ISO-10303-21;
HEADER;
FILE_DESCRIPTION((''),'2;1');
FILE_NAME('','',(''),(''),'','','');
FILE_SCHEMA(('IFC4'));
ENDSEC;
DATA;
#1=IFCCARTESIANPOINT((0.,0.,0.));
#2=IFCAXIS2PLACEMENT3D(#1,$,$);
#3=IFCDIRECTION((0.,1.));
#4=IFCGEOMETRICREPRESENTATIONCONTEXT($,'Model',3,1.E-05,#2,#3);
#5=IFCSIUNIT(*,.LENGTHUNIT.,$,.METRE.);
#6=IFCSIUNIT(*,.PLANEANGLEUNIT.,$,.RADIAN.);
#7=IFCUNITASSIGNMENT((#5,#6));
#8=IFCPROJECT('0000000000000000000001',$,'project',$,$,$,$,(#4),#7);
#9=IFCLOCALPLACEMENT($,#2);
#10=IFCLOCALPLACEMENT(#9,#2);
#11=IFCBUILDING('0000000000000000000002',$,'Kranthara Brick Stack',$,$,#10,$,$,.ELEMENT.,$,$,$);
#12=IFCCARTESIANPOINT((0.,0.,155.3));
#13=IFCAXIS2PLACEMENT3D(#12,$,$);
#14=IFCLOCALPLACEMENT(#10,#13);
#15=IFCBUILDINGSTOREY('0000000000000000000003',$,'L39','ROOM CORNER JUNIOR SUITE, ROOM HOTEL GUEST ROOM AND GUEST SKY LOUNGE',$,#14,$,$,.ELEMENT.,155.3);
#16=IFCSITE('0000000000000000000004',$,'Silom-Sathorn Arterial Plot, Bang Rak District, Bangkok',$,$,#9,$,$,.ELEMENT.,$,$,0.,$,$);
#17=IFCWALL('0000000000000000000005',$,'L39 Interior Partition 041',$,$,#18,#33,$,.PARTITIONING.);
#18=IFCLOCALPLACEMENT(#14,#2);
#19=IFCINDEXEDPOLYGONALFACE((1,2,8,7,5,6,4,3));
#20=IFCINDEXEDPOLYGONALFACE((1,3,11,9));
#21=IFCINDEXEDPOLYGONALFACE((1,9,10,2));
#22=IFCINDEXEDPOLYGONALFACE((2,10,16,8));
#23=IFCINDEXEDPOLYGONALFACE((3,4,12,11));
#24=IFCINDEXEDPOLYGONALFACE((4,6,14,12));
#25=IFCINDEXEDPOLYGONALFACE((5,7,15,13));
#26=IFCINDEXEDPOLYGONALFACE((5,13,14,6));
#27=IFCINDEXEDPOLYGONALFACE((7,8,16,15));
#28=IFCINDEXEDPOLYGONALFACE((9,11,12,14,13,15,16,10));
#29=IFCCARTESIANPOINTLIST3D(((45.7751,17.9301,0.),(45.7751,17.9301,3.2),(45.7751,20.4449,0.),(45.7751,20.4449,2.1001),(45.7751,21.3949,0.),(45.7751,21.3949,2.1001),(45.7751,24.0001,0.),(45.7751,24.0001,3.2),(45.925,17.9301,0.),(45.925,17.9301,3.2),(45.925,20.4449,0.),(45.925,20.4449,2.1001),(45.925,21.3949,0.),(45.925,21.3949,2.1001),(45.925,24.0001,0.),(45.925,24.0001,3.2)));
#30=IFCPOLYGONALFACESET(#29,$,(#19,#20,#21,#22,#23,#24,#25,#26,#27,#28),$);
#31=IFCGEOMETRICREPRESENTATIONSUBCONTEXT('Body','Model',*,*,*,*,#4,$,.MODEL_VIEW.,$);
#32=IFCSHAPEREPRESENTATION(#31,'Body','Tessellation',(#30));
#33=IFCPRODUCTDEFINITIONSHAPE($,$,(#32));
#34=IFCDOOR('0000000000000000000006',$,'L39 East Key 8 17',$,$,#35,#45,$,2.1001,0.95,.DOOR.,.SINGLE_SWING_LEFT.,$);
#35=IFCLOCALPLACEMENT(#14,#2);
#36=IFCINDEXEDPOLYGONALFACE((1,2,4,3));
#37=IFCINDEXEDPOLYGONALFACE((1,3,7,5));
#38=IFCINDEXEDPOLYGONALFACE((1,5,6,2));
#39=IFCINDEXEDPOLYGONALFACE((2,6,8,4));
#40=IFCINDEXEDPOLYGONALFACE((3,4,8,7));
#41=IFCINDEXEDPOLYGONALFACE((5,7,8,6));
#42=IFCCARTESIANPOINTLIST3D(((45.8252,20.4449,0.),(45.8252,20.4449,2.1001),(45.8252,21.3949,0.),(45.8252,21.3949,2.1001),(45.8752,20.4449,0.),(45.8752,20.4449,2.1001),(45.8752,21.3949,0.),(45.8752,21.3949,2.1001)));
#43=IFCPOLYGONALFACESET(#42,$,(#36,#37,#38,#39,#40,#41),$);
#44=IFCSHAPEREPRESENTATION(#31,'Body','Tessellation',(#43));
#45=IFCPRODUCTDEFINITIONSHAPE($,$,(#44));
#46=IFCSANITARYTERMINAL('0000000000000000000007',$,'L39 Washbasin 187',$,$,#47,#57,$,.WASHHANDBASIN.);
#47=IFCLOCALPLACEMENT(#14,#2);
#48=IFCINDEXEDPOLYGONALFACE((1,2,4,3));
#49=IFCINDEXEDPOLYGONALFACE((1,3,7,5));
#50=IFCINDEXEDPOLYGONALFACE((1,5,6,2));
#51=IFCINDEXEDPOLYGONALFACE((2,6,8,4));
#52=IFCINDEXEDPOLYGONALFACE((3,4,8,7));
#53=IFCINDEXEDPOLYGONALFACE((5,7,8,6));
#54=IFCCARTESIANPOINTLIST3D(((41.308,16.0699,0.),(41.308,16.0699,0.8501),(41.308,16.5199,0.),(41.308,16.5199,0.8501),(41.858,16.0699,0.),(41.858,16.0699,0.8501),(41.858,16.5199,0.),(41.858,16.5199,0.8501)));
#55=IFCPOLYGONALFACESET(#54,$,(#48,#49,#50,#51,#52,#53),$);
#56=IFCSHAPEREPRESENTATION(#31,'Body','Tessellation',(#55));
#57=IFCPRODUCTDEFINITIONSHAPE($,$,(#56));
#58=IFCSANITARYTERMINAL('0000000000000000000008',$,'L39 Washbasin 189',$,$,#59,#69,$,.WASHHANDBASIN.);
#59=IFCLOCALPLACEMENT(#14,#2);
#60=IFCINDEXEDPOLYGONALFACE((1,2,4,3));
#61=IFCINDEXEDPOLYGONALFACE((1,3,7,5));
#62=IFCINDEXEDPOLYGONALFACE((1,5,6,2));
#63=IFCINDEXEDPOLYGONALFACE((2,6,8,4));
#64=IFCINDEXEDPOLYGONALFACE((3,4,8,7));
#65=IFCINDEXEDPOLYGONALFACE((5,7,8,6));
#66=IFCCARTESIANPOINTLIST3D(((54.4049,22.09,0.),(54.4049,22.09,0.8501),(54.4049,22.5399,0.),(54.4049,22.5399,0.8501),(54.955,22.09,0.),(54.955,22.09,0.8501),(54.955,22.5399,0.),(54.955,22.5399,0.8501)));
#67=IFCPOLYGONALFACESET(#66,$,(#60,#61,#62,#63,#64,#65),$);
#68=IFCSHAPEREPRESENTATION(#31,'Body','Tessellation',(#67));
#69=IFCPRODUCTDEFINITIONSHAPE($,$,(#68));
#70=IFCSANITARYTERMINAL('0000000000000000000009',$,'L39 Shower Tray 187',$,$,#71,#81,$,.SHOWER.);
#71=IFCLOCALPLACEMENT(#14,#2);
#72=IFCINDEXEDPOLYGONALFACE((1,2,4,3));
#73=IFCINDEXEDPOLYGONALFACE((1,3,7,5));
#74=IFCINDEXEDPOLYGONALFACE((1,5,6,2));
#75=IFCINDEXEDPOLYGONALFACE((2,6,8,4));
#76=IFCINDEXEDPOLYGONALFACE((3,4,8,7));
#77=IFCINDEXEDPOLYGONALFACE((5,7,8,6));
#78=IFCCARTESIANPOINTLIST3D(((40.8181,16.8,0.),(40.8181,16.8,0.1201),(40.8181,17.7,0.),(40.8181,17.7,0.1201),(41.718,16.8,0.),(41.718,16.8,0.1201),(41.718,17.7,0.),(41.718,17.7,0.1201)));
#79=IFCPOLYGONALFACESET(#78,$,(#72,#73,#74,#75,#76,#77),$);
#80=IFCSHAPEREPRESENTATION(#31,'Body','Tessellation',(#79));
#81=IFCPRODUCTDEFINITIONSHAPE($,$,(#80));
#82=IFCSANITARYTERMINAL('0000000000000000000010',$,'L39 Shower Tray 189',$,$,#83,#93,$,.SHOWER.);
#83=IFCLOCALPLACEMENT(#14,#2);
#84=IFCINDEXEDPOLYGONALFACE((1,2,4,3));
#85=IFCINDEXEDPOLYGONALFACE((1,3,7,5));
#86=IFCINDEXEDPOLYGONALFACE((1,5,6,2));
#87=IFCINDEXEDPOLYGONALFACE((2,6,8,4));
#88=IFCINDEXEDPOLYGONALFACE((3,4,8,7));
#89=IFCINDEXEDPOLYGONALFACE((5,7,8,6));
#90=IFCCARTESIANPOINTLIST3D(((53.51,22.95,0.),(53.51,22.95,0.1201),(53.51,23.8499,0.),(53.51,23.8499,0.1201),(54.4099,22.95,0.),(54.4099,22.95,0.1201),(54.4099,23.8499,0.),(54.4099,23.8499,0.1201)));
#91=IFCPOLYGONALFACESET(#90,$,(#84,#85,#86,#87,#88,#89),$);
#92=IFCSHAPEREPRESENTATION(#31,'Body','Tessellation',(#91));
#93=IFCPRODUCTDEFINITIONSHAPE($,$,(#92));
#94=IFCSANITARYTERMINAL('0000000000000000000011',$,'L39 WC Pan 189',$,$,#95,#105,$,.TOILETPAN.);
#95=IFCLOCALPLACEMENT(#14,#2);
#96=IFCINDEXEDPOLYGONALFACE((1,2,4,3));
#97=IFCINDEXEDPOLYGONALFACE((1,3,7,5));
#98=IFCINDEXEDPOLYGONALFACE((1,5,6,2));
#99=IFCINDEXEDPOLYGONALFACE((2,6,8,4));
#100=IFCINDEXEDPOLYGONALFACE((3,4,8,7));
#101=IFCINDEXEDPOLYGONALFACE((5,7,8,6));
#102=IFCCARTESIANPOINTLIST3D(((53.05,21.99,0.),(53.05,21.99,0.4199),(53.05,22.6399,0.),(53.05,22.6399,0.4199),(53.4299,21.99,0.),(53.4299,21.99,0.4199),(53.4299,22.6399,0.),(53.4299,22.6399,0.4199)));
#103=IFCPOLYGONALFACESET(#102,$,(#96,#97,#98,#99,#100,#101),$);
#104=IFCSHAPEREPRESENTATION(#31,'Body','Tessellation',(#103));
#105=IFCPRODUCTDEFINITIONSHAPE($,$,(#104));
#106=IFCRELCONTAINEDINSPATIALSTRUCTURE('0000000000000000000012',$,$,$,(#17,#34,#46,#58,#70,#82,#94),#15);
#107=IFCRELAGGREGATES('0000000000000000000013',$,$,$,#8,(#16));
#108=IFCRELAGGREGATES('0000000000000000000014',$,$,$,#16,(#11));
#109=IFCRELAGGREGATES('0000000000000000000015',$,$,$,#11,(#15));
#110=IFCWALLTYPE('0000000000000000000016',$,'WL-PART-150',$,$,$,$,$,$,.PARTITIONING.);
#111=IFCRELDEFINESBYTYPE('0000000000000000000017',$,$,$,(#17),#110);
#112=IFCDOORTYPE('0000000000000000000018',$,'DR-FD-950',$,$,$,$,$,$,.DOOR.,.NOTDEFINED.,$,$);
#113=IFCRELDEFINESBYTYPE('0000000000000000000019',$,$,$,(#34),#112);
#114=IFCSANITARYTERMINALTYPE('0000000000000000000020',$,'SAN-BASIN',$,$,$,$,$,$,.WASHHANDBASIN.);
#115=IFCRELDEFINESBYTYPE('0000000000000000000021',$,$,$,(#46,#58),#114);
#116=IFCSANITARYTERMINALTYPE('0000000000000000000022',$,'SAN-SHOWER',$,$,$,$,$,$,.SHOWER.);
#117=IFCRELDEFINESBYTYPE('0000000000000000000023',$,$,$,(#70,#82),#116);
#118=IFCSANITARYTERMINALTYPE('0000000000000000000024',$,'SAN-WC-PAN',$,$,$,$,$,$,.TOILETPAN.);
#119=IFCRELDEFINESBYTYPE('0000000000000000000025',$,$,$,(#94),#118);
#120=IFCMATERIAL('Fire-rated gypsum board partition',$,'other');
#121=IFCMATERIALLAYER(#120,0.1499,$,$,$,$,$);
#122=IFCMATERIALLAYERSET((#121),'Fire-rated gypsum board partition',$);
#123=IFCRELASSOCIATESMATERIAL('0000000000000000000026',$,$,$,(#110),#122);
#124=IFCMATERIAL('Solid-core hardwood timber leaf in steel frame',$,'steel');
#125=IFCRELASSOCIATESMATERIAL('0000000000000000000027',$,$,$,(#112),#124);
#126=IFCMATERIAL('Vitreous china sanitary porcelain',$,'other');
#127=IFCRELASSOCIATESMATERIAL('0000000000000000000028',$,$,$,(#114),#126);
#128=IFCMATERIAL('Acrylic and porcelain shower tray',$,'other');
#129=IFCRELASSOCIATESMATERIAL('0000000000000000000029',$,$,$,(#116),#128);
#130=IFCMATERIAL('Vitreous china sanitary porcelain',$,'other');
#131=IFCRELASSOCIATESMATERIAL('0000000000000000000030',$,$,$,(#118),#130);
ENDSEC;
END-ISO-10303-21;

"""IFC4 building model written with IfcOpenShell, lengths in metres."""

from ifc_helpers import new_model, si_unit, direction, frame, frame_2d, origin, origin_2d, place, context, subcontext, project, spatial, rectangle, extrude, material, layer, layer_set, type_object, element, fill, save


model = new_model("IFC4")

# Units and contexts
model_context = context("Model", 3, precision=1e-05, world=origin(), true_north=direction((0.0, 1.0)))
body_context = subcontext(model_context, "Body", "Model", "MODEL_VIEW")
ifc_project = project(units=[si_unit("LENGTHUNIT", "METRE"), si_unit("PLANEANGLEUNIT", "RADIAN")], contexts=[model_context])

# Site, building, storey
site_placement = place(None, origin())
site = spatial("IfcSite", under=ifc_project, at=site_placement, Name="Silom-Sathorn Arterial Plot, Bang Rak District, Bangkok", CompositionType="ELEMENT", RefElevation=0.0)
building_placement = place(site_placement, origin())
building = spatial("IfcBuilding", under=site, at=building_placement, Name="Kranthara Brick Stack", CompositionType="ELEMENT")
storey_placement = place(building_placement, frame((0.0, 0.0, 155.3)))
storey = spatial("IfcBuildingStorey", under=building, at=storey_placement, Name="L39", Description="ROOM CORNER JUNIOR SUITE, ROOM HOTEL GUEST ROOM AND GUEST SKY LOUNGE", CompositionType="ELEMENT", Elevation=155.3)

# Shared definitions
ifc_material_1 = material(Name="Fire-rated gypsum board partition", Category="other")
ifc_layer_1 = layer(ifc_material_1, 0.1499)
ifc_layer_set_1 = layer_set([ifc_layer_1], Name="Fire-rated gypsum board partition")
wall_type_1 = type_object("IfcWallType", Name="WL-PART-150", PredefinedType="PARTITIONING", material=ifc_layer_set_1)

# Shared definitions
ifc_material_2 = material(Name="Solid-core hardwood timber leaf in steel frame", Category="steel")
door_type_1 = type_object("IfcDoorType", Name="DR-FD-950", OperationType="NOTDEFINED", PredefinedType="DOOR", material=ifc_material_2)

# Wall, opening, door
wall_1_placement = place(storey_placement, frame((45.8501, 17.9299, 0.0), z_axis=(0.0, 0.0, 1.0), x_axis=(0.0, 1.0, 0.0)))
wall_1 = element("IfcWall", 1, at=wall_1_placement, inside=storey, type_object=wall_type_1, Name="L39 Interior Partition 041", PredefinedType="PARTITIONING", context=body_context, shape_type="SweptSolid", body=[
    extrude(rectangle(XDim=6.0701, YDim=0.1499, at=frame_2d((3.0352, 0.0))), origin(), (0.0, 0.0, 1.0), 3.2),
])
opening_1_placement = place(wall_1_placement, frame((2.5149, 0.0, 0.0)))
opening_1 = element("IfcOpeningElement", 2, at=opening_1_placement, cuts=wall_1, PredefinedType="OPENING", context=body_context, shape_type="SweptSolid", body=[
    extrude(rectangle(XDim=0.95, YDim=2.1001, at=frame_2d((0.4751, 1.05))), frame((0.0, 0.085, 0.0), z_axis=(0.0, -1.0, 0.0), x_axis=(1.0, 0.0, 0.0)), (0.0, 0.0, 1.0), 0.1699),
])
door_1_placement = place(opening_1_placement, origin())
door_1 = element("IfcDoor", 3, at=door_1_placement, inside=storey, type_object=door_type_1, Name="L39 East Key 8 17", OperationType="SINGLE_SWING_LEFT", OverallHeight=2.1001, OverallWidth=0.95, PredefinedType="DOOR", context=body_context, shape_type="SweptSolid", body=[
    extrude(rectangle(XDim=0.95, YDim=2.1001, at=frame_2d((0.4751, 1.05))), frame((0.0, 0.0249, 0.0), z_axis=(0.0, -1.0, 0.0), x_axis=(1.0, 0.0, 0.0)), (0.0, 0.0, 1.0), 0.05),
])
fill(opening_1, door_1)

# Sanitary terminals
ifc_material_3 = material(Name="Vitreous china sanitary porcelain", Category="other")
sanitary_terminal_type_1 = type_object("IfcSanitaryTerminalType", Name="SAN-BASIN", PredefinedType="WASHHANDBASIN", material=ifc_material_3)
for number, where, z_axis, x_axis, name in (
    (4, (41.583, 16.2949, 0.0), (0.0, 0.0, 1.0), (1.0, 0.0, 0.0), "L39 Washbasin 187"),
    (5, (54.6799, 22.3149, 0.0), (0.0, 0.0, 1.0), (1.0, 0.0, 0.0), "L39 Washbasin 189"),
):
    element("IfcSanitaryTerminal", number, at=place(storey_placement, frame(where, z_axis=z_axis, x_axis=x_axis)), inside=storey, type_object=sanitary_terminal_type_1, Name=name, PredefinedType="WASHHANDBASIN", context=body_context, shape_type="SweptSolid", body=[
        extrude(rectangle(XDim=0.55, YDim=0.45, at=origin_2d()), origin(), (0.0, 0.0, 1.0), 0.8501),
    ])
ifc_material_4 = material(Name="Acrylic and porcelain shower tray", Category="other")
sanitary_terminal_type_2 = type_object("IfcSanitaryTerminalType", Name="SAN-SHOWER", PredefinedType="SHOWER", material=ifc_material_4)
for number, where, z_axis, x_axis, name in (
    (6, (41.2681, 17.25, 0.0), (0.0, 0.0, 1.0), (1.0, 0.0, 0.0), "L39 Shower Tray 187"),
    (7, (53.96, 23.3999, 0.0), (0.0, 0.0, 1.0), (1.0, 0.0, 0.0), "L39 Shower Tray 189"),
):
    element("IfcSanitaryTerminal", number, at=place(storey_placement, frame(where, z_axis=z_axis, x_axis=x_axis)), inside=storey, type_object=sanitary_terminal_type_2, Name=name, PredefinedType="SHOWER", context=body_context, shape_type="SweptSolid", body=[
        extrude(rectangle(XDim=0.8999, YDim=0.8999, at=origin_2d()), origin(), (0.0, 0.0, 1.0), 0.1201),
    ])
ifc_material_5 = material(Name="Vitreous china sanitary porcelain", Category="other")
sanitary_terminal_type_3 = type_object("IfcSanitaryTerminalType", Name="SAN-WC-PAN", PredefinedType="TOILETPAN", material=ifc_material_5)
sanitary_terminal_placement = place(storey_placement, frame((53.24, 22.3149, 0.0), z_axis=(0.0, 0.0, 1.0), x_axis=(1.0, 0.0, 0.0)))
element("IfcSanitaryTerminal", 8, at=sanitary_terminal_placement, inside=storey, type_object=sanitary_terminal_type_3, Name="L39 WC Pan 189", PredefinedType="TOILETPAN", context=body_context, shape_type="SweptSolid", body=[
    extrude(rectangle(XDim=0.3799, YDim=0.6499, at=origin_2d()), origin(), (0.0, 0.0, 1.0), 0.4199),
])

save(model, "model.ifc")
